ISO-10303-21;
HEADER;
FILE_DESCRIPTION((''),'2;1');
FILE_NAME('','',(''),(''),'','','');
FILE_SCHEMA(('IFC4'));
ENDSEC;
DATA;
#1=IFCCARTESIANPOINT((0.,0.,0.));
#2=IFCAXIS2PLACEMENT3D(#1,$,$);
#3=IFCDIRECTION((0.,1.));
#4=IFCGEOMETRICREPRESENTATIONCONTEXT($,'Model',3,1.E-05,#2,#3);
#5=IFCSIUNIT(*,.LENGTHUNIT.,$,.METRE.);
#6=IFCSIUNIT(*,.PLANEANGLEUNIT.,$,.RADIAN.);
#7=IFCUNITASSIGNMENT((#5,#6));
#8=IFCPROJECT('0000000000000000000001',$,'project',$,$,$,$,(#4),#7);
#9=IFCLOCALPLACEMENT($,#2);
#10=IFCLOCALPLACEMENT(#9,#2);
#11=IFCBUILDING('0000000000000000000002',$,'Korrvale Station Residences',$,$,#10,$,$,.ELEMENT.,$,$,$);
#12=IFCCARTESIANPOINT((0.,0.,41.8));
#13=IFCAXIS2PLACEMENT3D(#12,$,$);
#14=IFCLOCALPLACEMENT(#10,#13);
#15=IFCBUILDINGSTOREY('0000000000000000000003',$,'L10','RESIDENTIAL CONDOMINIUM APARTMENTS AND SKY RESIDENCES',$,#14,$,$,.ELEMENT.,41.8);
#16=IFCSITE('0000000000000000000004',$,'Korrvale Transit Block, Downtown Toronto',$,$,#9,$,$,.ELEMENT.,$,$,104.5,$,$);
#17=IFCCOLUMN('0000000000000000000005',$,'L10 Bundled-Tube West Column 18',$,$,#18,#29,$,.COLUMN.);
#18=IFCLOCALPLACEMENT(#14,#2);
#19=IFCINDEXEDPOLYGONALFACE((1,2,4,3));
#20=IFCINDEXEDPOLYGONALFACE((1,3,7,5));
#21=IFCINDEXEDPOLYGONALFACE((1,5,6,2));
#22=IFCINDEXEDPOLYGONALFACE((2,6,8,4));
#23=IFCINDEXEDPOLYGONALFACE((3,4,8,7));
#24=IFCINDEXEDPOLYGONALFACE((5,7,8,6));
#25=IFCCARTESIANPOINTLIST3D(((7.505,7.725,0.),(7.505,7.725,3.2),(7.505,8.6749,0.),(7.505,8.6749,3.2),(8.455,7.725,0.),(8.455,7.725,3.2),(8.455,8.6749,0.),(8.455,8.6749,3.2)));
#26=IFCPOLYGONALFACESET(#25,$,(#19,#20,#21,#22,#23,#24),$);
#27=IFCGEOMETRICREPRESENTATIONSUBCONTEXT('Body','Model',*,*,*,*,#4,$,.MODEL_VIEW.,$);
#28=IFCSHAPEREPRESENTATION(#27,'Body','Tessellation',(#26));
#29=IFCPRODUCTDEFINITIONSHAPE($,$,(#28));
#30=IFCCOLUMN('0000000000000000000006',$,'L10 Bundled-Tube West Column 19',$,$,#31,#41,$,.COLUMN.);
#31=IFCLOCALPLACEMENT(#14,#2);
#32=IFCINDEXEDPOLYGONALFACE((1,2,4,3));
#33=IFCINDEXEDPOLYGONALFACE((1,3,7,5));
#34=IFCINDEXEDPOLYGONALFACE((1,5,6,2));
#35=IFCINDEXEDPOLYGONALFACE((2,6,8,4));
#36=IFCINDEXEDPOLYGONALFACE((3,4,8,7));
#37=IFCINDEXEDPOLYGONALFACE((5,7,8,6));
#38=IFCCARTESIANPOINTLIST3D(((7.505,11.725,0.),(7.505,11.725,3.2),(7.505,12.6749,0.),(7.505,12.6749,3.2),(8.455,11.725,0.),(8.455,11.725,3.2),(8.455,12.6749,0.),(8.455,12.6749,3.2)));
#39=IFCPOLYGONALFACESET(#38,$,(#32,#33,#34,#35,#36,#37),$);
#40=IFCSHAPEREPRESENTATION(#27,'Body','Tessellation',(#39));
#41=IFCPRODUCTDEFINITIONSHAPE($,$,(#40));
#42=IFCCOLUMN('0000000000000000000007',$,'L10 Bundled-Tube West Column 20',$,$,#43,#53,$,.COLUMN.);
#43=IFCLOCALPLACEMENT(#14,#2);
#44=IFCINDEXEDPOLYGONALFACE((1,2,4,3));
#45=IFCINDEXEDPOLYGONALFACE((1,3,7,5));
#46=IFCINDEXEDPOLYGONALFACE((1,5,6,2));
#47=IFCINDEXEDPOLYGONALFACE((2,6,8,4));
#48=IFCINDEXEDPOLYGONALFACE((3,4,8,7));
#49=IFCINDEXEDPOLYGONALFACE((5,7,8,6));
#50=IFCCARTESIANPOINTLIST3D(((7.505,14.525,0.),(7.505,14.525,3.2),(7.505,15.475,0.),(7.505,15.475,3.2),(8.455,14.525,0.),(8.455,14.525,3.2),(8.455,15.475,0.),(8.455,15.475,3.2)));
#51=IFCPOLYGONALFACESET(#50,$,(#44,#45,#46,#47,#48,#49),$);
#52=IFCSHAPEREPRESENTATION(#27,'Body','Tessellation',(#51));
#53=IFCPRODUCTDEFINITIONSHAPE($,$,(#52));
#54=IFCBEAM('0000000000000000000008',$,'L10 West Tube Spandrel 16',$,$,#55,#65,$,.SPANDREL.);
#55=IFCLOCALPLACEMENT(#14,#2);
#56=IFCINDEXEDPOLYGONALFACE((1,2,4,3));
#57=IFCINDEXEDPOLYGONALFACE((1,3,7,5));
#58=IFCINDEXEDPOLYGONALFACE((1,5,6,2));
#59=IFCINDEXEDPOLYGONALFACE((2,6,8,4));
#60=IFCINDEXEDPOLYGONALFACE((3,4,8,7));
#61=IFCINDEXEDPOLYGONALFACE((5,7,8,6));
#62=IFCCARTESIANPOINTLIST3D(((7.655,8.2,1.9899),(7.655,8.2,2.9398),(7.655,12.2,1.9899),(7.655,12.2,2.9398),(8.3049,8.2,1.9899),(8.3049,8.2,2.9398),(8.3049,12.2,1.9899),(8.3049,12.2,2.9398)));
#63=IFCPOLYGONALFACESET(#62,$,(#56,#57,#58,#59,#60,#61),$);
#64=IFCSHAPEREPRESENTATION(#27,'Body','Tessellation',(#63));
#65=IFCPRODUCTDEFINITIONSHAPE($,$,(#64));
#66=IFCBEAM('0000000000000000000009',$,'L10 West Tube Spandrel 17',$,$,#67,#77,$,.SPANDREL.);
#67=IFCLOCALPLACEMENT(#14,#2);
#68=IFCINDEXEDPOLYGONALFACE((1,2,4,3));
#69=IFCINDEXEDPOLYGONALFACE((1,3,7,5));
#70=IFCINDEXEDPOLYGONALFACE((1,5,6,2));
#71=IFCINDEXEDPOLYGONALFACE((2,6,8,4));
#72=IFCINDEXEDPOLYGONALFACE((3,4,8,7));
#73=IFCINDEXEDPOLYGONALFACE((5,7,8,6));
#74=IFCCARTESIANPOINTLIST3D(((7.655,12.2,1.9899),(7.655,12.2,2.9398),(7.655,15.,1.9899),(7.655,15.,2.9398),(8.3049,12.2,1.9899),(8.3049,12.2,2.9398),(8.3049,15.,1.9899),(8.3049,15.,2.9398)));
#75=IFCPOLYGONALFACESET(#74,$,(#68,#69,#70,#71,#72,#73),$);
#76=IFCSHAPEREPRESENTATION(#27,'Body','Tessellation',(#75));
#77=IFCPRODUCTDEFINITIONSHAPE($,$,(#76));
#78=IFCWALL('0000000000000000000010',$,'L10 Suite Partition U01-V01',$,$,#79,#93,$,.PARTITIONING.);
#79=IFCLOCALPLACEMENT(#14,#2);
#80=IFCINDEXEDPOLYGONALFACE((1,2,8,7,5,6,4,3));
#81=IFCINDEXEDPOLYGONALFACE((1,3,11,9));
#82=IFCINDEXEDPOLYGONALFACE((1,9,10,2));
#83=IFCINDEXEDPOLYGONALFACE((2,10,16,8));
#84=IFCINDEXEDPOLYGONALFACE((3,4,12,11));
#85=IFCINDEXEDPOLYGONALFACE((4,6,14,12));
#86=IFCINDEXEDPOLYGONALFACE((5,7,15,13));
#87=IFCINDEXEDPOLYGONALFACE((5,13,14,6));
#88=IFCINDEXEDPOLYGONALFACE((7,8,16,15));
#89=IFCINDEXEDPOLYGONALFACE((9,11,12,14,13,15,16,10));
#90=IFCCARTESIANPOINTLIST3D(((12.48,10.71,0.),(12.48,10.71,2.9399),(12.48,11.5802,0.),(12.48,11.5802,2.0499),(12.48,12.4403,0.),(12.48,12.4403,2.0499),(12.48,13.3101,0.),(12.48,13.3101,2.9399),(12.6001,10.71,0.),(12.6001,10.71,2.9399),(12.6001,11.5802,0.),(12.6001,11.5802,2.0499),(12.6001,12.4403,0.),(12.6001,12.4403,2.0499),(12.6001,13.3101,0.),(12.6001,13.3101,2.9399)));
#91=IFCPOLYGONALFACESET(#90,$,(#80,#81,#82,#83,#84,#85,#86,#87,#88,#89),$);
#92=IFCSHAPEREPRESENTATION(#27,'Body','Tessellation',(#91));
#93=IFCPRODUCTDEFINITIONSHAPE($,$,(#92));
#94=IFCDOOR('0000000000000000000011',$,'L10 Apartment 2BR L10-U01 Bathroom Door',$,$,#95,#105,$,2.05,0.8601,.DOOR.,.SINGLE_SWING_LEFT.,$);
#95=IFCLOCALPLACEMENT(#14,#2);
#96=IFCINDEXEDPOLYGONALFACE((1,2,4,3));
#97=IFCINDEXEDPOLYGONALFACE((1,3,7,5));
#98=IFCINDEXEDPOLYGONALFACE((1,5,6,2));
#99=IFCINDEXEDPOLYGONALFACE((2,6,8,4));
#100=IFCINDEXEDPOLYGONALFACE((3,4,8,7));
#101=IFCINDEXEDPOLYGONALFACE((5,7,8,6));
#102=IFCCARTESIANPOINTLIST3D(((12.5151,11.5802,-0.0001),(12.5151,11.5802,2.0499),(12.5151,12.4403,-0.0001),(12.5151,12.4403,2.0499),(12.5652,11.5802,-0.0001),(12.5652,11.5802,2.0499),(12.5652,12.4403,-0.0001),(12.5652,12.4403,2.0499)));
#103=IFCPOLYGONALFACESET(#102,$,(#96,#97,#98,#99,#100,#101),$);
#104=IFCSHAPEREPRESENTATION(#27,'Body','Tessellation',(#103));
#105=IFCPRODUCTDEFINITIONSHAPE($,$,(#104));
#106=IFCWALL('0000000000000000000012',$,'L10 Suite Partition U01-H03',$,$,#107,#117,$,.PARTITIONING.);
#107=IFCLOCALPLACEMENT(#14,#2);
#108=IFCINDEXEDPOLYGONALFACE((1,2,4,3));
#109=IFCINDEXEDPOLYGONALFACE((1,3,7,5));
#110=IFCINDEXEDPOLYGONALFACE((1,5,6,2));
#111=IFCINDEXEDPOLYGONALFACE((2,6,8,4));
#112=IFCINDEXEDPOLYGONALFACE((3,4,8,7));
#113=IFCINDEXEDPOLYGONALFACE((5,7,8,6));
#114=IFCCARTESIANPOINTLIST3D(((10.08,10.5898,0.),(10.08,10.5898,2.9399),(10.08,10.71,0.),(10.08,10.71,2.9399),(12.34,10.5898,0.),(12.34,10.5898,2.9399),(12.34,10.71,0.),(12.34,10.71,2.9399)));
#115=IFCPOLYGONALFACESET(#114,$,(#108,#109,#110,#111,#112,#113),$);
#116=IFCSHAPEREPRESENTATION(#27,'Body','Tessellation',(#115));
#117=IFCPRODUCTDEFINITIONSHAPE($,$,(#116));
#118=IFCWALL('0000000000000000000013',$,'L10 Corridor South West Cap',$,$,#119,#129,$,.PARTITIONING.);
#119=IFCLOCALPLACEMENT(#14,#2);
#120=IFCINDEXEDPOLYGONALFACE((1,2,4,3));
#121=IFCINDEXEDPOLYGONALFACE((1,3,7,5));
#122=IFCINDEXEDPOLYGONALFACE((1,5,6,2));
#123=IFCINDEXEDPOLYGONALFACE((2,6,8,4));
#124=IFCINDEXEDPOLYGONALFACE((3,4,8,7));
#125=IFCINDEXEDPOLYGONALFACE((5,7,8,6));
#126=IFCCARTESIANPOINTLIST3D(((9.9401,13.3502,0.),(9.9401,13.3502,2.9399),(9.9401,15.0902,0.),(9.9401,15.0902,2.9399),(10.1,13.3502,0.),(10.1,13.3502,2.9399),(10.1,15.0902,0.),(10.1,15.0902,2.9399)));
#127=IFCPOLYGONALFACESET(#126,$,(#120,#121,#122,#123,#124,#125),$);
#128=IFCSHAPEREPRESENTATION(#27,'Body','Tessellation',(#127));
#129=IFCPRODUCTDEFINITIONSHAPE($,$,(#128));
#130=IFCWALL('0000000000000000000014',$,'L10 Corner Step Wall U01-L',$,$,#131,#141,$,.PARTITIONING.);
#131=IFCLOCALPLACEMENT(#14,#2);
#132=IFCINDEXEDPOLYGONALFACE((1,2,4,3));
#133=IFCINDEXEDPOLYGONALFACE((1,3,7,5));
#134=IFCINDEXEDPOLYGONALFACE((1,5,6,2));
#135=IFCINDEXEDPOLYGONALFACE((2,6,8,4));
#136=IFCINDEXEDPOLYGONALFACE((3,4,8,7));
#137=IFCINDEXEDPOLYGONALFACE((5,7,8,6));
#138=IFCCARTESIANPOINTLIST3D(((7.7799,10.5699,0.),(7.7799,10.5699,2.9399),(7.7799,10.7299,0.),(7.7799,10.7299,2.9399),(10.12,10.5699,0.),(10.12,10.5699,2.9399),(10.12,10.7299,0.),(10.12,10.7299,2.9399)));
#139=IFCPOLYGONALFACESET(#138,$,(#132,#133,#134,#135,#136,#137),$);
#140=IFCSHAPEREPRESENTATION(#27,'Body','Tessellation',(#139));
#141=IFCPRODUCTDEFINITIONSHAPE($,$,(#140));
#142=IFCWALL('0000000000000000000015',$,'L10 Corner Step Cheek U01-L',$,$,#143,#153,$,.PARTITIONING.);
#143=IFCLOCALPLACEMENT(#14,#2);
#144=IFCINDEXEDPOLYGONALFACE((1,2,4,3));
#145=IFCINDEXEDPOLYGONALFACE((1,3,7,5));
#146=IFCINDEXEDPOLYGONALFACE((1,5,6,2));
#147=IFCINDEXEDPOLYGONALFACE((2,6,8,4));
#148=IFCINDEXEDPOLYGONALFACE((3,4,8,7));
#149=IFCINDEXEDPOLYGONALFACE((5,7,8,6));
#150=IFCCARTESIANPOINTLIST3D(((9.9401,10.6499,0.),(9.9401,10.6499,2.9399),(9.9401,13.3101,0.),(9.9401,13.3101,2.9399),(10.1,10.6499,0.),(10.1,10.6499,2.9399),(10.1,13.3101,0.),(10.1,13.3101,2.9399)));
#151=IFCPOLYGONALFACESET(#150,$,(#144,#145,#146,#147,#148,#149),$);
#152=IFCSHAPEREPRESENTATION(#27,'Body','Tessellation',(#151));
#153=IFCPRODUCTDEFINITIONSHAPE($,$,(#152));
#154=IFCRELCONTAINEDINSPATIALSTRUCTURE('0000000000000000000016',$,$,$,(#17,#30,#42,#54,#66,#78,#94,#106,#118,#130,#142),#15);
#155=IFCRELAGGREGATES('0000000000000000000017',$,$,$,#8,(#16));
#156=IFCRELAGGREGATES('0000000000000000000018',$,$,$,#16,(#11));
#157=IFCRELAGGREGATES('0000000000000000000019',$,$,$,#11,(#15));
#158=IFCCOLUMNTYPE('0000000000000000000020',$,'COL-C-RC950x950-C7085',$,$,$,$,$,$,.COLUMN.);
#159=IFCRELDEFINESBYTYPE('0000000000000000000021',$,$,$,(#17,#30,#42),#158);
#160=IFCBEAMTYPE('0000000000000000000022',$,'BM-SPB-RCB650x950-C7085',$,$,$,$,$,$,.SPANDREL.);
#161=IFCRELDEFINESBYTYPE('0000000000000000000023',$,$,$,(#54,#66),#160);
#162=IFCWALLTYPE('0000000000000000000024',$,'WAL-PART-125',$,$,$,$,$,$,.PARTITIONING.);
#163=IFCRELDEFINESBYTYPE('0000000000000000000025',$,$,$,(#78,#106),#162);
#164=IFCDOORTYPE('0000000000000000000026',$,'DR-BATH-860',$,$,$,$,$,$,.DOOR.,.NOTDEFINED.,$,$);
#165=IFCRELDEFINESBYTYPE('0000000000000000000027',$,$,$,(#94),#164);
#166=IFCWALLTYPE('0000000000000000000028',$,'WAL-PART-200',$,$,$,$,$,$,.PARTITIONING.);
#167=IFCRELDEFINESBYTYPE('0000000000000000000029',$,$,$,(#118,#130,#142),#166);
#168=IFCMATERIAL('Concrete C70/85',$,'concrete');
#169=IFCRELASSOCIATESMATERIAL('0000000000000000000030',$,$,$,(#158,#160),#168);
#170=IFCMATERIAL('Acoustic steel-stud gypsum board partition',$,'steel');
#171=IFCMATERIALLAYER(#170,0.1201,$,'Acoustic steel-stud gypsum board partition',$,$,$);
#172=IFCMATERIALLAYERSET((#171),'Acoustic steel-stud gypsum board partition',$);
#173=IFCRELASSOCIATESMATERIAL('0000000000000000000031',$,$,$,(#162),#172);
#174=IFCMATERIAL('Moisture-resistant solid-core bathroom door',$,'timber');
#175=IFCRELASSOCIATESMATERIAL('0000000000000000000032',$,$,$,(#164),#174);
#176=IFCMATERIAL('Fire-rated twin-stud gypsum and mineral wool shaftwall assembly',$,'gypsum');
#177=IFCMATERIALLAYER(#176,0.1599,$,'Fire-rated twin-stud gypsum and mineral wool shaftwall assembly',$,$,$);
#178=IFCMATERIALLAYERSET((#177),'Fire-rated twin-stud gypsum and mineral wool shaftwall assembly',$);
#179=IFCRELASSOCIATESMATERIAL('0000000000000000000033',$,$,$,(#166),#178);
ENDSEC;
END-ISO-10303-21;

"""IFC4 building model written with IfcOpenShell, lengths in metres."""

from ifc_helpers import new_model, si_unit, direction, frame, frame_2d, origin, origin_2d, place, context, subcontext, project, spatial, rectangle, extrude, material, layer, layer_set, material_profile, profile_set, type_object, element, fill, save


model = new_model("IFC4")

# Units and contexts
model_context = context("Model", 3, precision=1e-05, world=origin(), true_north=direction((0.0, 1.0)))
body_context = subcontext(model_context, "Body", "Model", "MODEL_VIEW")
ifc_project = project(units=[si_unit("LENGTHUNIT", "METRE"), si_unit("PLANEANGLEUNIT", "RADIAN")], contexts=[model_context])

# Site, building, storey
site_placement = place(None, origin())
site = spatial("IfcSite", under=ifc_project, at=site_placement, Name="Korrvale Transit Block, Downtown Toronto", CompositionType="ELEMENT", RefElevation=104.5)
building_placement = place(site_placement, origin())
building = spatial("IfcBuilding", under=site, at=building_placement, Name="Korrvale Station Residences", CompositionType="ELEMENT")
storey_placement = place(building_placement, frame((0.0, 0.0, 41.8)))
storey = spatial("IfcBuildingStorey", under=building, at=storey_placement, Name="L10", Description="RESIDENTIAL CONDOMINIUM APARTMENTS AND SKY RESIDENCES", CompositionType="ELEMENT", Elevation=41.8)

# Columns
ifc_material_1 = material(Name="Concrete C70/85", Category="concrete")
ifc_material_profile_1 = material_profile(ifc_material_1, rectangle(XDim=0.95, YDim=0.95, at=origin_2d()), Name="RC950x950")
ifc_profile_set_1 = profile_set([ifc_material_profile_1], Name="Concrete C70/85")
column_type = type_object("IfcColumnType", Name="COL-C-RC950x950-C7085", PredefinedType="COLUMN", material=ifc_profile_set_1)
for number, where, z_axis, x_axis, name in (
    (1, (7.98, 8.2, 0.0), (0.0, 0.0, 1.0), (1.0, 0.0, 0.0), "L10 Bundled-Tube West Column 18"),
    (2, (7.98, 12.2, 0.0), (0.0, 0.0, 1.0), (1.0, 0.0, 0.0), "L10 Bundled-Tube West Column 19"),
    (3, (7.98, 15.0, 0.0), (0.0, 0.0, 1.0), (1.0, 0.0, 0.0), "L10 Bundled-Tube West Column 20"),
):
    element("IfcColumn", number, at=place(storey_placement, frame(where, z_axis=z_axis, x_axis=x_axis)), inside=storey, type_object=column_type, Name=name, PredefinedType="COLUMN", context=body_context, shape_type="SweptSolid", body=[
        extrude(rectangle(XDim=0.95, YDim=0.95, at=origin_2d()), origin(), (0.0, 0.0, 1.0), 3.2),
    ])

# Beams
ifc_material_profile_2 = material_profile(ifc_material_1, rectangle(XDim=0.6499, YDim=0.95, at=origin_2d()), Name="RCB650x950")
ifc_profile_set_2 = profile_set([ifc_material_profile_2], Name="Concrete C70/85")
beam_type = type_object("IfcBeamType", Name="BM-SPB-RCB650x950-C7085", PredefinedType="SPANDREL", material=ifc_profile_set_2)
beam_1_placement = place(storey_placement, frame((7.98, 8.2, 2.4648), z_axis=(0.0, 1.0, 0.0), x_axis=(-1.0, 0.0, 0.0)))
element("IfcBeam", 4, at=beam_1_placement, inside=storey, type_object=beam_type, Name="L10 West Tube Spandrel 16", PredefinedType="SPANDREL", context=body_context, shape_type="SweptSolid", body=[
    extrude(rectangle(XDim=0.6499, YDim=0.95, at=origin_2d()), origin(), (0.0, 0.0, 1.0), 4.0),
])
beam_2_placement = place(storey_placement, frame((7.98, 12.2, 2.4648), z_axis=(0.0, 1.0, 0.0), x_axis=(-1.0, 0.0, 0.0)))
element("IfcBeam", 5, at=beam_2_placement, inside=storey, type_object=beam_type, Name="L10 West Tube Spandrel 17", PredefinedType="SPANDREL", context=body_context, shape_type="SweptSolid", body=[
    extrude(rectangle(XDim=0.6499, YDim=0.95, at=origin_2d()), origin(), (0.0, 0.0, 1.0), 2.8),
])

# Wall, opening, door
ifc_material_2 = material(Name="Acoustic steel-stud gypsum board partition", Category="steel")
ifc_layer_1 = layer(ifc_material_2, 0.1201, Name="Acoustic steel-stud gypsum board partition")
ifc_layer_set_1 = layer_set([ifc_layer_1], Name="Acoustic steel-stud gypsum board partition")
wall_type_1 = type_object("IfcWallType", Name="WAL-PART-125", PredefinedType="PARTITIONING", material=ifc_layer_set_1)
wall_1_placement = place(storey_placement, frame((12.54, 10.71, 0.0), z_axis=(0.0, 0.0, 1.0), x_axis=(0.0, 1.0, 0.0)))
wall_1 = element("IfcWall", 6, at=wall_1_placement, inside=storey, type_object=wall_type_1, Name="L10 Suite Partition U01-V01", PredefinedType="PARTITIONING", context=body_context, shape_type="SweptSolid", body=[
    extrude(rectangle(XDim=2.6001, YDim=0.1201, at=frame_2d((1.3, 0.0))), origin(), (0.0, 0.0, 1.0), 2.9399),
])
opening_1_placement = place(wall_1_placement, frame((0.8701, 0.0, 0.0)))
opening_1 = element("IfcOpeningElement", 7, at=opening_1_placement, cuts=wall_1, PredefinedType="OPENING", context=body_context, shape_type="SweptSolid", body=[
    extrude(rectangle(XDim=0.8601, YDim=2.05, at=frame_2d((0.4302, 1.0249))), frame((0.0, 0.0701, 0.0), z_axis=(0.0, -1.0, 0.0), x_axis=(1.0, 0.0, 0.0)), (0.0, 0.0, 1.0), 0.1401),
])
ifc_material_3 = material(Name="Moisture-resistant solid-core bathroom door", Category="timber")
door_type_1 = type_object("IfcDoorType", Name="DR-BATH-860", OperationType="NOTDEFINED", PredefinedType="DOOR", material=ifc_material_3)
door_1_placement = place(opening_1_placement, origin())
door_1 = element("IfcDoor", 8, at=door_1_placement, inside=storey, type_object=door_type_1, Name="L10 Apartment 2BR L10-U01 Bathroom Door", OperationType="SINGLE_SWING_LEFT", OverallHeight=2.05, OverallWidth=0.8601, PredefinedType="DOOR", context=body_context, shape_type="SweptSolid", body=[
    extrude(rectangle(XDim=0.8601, YDim=2.05, at=frame_2d((0.4302, 1.0249))), frame((0.0, 0.0249, 0.0), z_axis=(0.0, -1.0, 0.0), x_axis=(1.0, 0.0, 0.0)), (0.0, 0.0, 1.0), 0.05),
])
fill(opening_1, door_1)

# Walls
wall_2_placement = place(storey_placement, frame((10.0801, 10.6499, 0.0), z_axis=(0.0, 0.0, 1.0), x_axis=(1.0, 0.0, 0.0)))
element("IfcWall", 9, at=wall_2_placement, inside=storey, type_object=wall_type_1, Name="L10 Suite Partition U01-H03", PredefinedType="PARTITIONING", context=body_context, shape_type="SweptSolid", body=[
    extrude(rectangle(XDim=2.26, YDim=0.1201, at=frame_2d((1.1299, 0.0))), origin(), (0.0, 0.0, 1.0), 2.9399),
])
ifc_material_4 = material(Name="Fire-rated twin-stud gypsum and mineral wool shaftwall assembly", Category="gypsum")
ifc_layer_2 = layer(ifc_material_4, 0.1599, Name="Fire-rated twin-stud gypsum and mineral wool shaftwall assembly")
ifc_layer_set_2 = layer_set([ifc_layer_2], Name="Fire-rated twin-stud gypsum and mineral wool shaftwall assembly")
wall_type_2 = type_object("IfcWallType", Name="WAL-PART-200", PredefinedType="PARTITIONING", material=ifc_layer_set_2)
wall_3_placement = place(storey_placement, frame((10.02, 13.3501, 0.0), z_axis=(0.0, 0.0, 1.0), x_axis=(0.0, 1.0, 0.0)))
element("IfcWall", 10, at=wall_3_placement, inside=storey, type_object=wall_type_2, Name="L10 Corridor South West Cap", PredefinedType="PARTITIONING", context=body_context, shape_type="SweptSolid", body=[
    extrude(rectangle(XDim=1.74, YDim=0.1599, at=frame_2d((0.8701, 0.0))), origin(), (0.0, 0.0, 1.0), 2.9399),
])
wall_4_placement = place(storey_placement, frame((7.78, 10.6499, 0.0), z_axis=(0.0, 0.0, 1.0), x_axis=(1.0, 0.0, 0.0)))
element("IfcWall", 11, at=wall_4_placement, inside=storey, type_object=wall_type_2, Name="L10 Corner Step Wall U01-L", PredefinedType="PARTITIONING", context=body_context, shape_type="SweptSolid", body=[
    extrude(rectangle(XDim=2.3401, YDim=0.1599, at=frame_2d((1.1699, 0.0))), origin(), (0.0, 0.0, 1.0), 2.9399),
])
wall_5_placement = place(storey_placement, frame((10.02, 10.6499, 0.0), z_axis=(0.0, 0.0, 1.0), x_axis=(0.0, 1.0, 0.0)))
element("IfcWall", 12, at=wall_5_placement, inside=storey, type_object=wall_type_2, Name="L10 Corner Step Cheek U01-L", PredefinedType="PARTITIONING", context=body_context, shape_type="SweptSolid", body=[
    extrude(rectangle(XDim=2.6602, YDim=0.1599, at=frame_2d((1.3301, 0.0))), origin(), (0.0, 0.0, 1.0), 2.9399),
])

save(model, "model.ifc")
